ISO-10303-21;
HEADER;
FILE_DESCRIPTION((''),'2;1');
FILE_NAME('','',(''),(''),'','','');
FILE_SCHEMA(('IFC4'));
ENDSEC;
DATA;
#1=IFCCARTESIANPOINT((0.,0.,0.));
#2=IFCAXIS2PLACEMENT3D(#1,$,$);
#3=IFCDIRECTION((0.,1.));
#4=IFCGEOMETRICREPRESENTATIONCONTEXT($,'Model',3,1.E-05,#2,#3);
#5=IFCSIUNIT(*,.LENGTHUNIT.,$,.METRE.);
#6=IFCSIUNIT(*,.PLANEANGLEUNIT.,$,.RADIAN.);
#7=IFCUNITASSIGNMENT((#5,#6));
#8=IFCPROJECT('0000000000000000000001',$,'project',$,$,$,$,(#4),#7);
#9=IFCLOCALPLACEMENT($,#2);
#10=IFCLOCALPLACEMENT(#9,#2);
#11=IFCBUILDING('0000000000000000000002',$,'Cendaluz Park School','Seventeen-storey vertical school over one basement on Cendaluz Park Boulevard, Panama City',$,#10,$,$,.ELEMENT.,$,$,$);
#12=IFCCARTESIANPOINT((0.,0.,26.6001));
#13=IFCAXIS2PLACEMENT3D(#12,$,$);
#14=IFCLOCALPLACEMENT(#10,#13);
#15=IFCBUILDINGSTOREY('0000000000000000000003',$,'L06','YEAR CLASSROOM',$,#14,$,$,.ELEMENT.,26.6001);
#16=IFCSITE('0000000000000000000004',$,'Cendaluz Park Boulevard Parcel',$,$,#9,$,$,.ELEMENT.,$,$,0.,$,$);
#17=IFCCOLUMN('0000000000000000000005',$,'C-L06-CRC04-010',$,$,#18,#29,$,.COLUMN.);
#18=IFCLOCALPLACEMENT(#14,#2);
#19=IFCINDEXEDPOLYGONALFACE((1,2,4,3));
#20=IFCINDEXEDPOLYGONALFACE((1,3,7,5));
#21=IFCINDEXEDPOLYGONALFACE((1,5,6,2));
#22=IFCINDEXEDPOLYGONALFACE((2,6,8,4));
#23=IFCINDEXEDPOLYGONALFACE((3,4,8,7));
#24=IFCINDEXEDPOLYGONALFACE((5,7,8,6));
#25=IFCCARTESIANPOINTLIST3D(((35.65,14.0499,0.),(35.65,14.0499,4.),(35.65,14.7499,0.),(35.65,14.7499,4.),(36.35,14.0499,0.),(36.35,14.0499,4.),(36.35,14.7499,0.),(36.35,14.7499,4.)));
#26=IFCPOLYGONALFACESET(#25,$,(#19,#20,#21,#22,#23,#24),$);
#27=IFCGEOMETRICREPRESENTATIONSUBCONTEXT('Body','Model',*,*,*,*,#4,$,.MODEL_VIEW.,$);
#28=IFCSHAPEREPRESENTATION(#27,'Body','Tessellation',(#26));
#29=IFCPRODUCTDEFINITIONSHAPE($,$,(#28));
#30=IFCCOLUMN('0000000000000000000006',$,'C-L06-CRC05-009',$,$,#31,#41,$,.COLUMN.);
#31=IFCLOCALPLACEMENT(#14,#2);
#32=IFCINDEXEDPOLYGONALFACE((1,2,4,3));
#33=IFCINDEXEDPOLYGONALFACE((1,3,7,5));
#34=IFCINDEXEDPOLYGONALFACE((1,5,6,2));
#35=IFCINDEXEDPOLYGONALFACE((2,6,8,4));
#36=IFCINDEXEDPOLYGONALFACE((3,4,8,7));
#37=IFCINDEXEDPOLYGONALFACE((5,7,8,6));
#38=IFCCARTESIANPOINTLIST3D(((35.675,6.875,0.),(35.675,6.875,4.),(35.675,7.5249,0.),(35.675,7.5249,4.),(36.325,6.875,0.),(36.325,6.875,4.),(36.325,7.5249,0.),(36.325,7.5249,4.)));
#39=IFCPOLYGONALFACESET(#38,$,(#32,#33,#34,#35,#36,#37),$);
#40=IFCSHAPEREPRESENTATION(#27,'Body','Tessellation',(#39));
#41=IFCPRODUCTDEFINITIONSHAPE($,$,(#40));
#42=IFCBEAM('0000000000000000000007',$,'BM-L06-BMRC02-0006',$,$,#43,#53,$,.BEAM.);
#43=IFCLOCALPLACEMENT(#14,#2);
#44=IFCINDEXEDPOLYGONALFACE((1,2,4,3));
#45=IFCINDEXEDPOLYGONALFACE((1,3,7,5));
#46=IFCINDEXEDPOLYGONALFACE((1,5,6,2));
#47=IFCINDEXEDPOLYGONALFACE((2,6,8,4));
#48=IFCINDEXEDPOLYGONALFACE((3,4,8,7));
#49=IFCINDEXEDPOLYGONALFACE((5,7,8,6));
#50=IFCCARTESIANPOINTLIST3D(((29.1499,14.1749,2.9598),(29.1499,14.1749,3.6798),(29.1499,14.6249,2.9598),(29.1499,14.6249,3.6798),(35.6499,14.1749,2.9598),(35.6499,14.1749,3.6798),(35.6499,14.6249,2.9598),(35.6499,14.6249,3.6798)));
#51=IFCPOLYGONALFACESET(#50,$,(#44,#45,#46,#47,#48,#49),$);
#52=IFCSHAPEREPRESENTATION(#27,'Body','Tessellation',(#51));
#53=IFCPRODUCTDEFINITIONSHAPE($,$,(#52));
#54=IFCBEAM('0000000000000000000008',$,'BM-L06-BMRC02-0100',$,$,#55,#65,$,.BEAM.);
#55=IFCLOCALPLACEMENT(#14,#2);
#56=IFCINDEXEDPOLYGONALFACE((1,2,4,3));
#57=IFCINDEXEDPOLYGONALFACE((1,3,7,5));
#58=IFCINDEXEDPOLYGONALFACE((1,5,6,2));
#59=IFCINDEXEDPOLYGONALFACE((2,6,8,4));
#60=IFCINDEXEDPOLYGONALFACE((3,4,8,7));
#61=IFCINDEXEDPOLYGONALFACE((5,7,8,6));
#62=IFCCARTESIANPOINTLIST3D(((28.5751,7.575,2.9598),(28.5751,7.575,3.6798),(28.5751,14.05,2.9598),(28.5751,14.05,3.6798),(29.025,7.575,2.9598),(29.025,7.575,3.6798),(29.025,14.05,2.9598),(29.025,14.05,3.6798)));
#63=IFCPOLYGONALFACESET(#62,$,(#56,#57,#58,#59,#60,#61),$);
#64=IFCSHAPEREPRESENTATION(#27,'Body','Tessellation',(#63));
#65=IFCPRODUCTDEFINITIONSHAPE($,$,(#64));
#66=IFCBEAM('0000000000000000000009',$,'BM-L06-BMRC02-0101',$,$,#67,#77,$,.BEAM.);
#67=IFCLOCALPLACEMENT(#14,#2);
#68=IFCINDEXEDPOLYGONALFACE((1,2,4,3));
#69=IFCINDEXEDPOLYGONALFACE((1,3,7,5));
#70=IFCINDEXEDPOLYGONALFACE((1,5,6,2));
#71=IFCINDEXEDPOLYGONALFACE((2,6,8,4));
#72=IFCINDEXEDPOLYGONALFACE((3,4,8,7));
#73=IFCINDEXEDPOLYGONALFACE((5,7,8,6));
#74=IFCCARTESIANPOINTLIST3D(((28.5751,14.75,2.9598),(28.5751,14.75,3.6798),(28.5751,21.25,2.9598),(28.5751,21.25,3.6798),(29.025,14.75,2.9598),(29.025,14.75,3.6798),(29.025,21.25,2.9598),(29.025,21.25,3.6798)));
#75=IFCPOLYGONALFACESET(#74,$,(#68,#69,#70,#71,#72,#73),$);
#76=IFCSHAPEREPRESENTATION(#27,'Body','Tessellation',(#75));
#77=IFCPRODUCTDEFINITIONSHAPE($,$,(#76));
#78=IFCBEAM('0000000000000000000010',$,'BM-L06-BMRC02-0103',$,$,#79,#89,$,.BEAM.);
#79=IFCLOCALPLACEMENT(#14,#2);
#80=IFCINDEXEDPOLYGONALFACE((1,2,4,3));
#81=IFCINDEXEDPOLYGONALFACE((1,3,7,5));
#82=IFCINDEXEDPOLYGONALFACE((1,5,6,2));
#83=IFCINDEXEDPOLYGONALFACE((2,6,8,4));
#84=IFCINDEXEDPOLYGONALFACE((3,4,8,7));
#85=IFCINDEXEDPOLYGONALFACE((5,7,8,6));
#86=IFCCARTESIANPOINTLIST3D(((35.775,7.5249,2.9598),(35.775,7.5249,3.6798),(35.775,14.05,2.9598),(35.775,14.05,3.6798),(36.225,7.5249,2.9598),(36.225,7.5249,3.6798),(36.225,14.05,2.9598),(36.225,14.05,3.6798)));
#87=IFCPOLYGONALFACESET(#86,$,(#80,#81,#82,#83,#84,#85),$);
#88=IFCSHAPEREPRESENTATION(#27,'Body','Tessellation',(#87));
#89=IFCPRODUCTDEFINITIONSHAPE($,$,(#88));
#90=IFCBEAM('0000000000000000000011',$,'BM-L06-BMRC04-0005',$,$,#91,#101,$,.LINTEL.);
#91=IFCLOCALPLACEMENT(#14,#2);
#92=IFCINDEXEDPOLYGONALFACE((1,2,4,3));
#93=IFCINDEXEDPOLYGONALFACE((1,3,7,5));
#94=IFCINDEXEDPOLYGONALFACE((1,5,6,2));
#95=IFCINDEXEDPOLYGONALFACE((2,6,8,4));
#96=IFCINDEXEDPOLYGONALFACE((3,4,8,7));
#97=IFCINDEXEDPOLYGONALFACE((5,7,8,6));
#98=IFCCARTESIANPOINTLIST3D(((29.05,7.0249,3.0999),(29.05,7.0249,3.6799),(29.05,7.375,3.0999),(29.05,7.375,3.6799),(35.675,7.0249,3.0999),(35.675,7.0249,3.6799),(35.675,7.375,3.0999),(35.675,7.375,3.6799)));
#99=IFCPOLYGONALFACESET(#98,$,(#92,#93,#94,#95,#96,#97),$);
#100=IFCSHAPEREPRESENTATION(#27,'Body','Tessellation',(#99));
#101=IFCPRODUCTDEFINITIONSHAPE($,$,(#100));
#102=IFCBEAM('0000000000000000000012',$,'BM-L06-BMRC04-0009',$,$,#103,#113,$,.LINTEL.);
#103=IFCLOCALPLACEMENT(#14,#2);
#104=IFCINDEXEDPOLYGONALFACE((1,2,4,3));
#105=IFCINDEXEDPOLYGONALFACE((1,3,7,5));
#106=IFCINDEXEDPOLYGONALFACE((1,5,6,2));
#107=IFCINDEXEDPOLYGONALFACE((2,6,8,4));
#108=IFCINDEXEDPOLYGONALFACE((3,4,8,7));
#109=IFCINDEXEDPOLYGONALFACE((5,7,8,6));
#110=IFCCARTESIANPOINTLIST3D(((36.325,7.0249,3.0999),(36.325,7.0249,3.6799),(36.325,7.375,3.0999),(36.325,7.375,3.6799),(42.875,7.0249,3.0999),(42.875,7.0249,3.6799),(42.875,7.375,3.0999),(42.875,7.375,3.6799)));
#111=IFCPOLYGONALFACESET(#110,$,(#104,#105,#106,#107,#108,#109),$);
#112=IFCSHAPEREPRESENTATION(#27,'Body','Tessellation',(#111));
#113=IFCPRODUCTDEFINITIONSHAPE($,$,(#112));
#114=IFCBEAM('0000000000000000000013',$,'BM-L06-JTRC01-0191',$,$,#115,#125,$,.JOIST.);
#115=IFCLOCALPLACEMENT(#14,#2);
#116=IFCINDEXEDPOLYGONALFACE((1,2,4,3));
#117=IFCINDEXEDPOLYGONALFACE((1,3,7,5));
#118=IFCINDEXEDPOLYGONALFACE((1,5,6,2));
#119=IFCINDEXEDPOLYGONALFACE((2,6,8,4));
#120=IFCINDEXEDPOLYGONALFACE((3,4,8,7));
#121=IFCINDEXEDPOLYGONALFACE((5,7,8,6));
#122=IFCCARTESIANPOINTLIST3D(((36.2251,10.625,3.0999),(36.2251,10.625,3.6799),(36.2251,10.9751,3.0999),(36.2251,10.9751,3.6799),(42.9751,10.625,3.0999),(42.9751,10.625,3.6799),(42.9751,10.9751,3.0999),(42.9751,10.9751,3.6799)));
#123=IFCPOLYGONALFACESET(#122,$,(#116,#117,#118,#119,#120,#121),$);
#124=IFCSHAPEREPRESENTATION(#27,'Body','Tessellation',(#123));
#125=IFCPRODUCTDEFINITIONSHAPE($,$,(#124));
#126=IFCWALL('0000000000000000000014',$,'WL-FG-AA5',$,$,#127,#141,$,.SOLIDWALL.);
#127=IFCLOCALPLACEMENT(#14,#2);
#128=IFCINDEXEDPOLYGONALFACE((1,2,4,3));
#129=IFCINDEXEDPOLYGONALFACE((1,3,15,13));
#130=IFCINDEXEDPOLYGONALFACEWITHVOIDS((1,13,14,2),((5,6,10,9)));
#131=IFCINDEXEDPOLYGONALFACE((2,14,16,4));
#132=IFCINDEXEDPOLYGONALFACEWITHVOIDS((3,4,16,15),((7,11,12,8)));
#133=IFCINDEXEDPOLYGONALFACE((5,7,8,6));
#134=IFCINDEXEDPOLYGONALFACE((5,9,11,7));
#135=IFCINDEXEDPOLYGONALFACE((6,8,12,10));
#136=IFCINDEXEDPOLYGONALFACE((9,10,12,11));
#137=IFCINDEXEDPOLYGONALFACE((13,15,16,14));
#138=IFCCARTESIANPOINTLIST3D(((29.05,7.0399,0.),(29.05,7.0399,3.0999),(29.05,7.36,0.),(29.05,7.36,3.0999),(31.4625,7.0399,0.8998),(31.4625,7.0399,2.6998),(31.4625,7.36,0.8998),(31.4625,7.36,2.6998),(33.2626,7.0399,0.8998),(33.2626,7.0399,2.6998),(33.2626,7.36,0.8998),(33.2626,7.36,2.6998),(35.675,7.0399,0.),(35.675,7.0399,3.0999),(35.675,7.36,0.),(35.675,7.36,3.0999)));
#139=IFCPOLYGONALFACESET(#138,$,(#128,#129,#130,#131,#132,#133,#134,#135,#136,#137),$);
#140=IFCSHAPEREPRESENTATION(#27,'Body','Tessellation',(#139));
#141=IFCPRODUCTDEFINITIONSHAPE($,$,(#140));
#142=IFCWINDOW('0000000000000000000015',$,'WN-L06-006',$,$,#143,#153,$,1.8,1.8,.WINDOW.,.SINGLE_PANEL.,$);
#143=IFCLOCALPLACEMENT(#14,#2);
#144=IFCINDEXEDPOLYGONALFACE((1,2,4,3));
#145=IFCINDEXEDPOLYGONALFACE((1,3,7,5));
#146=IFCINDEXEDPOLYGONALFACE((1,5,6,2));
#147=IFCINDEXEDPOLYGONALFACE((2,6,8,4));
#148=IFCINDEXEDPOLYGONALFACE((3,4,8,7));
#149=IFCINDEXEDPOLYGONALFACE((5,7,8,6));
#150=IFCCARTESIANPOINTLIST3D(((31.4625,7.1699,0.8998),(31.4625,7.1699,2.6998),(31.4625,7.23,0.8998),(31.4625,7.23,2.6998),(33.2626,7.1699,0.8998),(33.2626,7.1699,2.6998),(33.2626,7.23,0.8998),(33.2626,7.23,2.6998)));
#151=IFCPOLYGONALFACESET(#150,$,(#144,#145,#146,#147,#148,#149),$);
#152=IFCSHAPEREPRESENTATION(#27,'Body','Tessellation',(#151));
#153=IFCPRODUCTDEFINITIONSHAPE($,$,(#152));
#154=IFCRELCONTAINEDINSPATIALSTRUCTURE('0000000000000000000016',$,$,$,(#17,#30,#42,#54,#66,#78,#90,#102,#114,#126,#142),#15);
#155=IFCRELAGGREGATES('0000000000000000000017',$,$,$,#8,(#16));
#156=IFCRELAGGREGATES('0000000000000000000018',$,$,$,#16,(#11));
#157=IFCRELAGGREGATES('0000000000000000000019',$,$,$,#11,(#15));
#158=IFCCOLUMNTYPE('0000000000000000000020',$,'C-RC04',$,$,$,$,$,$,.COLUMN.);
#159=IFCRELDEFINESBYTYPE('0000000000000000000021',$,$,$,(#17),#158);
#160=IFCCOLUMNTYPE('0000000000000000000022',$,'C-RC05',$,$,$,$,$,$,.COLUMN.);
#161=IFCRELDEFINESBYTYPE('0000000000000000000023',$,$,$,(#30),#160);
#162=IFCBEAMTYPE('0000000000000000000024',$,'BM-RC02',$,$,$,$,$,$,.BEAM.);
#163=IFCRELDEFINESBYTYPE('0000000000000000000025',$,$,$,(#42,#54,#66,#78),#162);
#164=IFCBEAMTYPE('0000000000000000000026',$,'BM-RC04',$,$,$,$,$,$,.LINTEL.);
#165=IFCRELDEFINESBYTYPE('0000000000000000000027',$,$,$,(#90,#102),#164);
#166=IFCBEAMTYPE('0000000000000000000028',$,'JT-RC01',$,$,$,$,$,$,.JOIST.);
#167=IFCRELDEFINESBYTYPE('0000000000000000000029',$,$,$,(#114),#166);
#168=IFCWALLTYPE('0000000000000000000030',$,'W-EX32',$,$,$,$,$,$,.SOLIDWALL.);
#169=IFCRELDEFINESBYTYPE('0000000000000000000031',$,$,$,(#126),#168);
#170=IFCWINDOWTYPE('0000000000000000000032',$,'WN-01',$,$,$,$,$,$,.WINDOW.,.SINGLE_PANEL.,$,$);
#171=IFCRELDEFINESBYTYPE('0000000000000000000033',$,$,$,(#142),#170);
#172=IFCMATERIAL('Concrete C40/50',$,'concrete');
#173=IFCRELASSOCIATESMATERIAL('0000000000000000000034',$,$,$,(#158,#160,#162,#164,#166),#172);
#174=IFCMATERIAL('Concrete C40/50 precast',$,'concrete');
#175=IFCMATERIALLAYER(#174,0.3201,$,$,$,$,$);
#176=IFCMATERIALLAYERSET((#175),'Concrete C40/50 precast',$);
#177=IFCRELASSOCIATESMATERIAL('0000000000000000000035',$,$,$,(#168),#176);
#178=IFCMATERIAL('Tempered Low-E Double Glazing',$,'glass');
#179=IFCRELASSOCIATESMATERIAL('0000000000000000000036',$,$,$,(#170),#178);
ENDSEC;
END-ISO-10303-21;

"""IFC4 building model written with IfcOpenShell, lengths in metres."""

from ifc_helpers import new_model, si_unit, direction, frame, frame_2d, origin, origin_2d, place, context, subcontext, project, spatial, rectangle, extrude, material, layer, layer_set, material_profile, profile_set, type_object, element, fill, save


model = new_model("IFC4")

# Units and contexts
model_context = context("Model", 3, precision=1e-05, world=origin(), true_north=direction((0.0, 1.0)))
body_context = subcontext(model_context, "Body", "Model", "MODEL_VIEW")
ifc_project = project(units=[si_unit("LENGTHUNIT", "METRE"), si_unit("PLANEANGLEUNIT", "RADIAN")], contexts=[model_context])

# Site, building, storey
site_placement = place(None, origin())
site = spatial("IfcSite", under=ifc_project, at=site_placement, Name="Cendaluz Park Boulevard Parcel", CompositionType="ELEMENT", RefElevation=0.0)
building_placement = place(site_placement, origin())
building = spatial("IfcBuilding", under=site, at=building_placement, Name="Cendaluz Park School", Description="Seventeen-storey vertical school over one basement on Cendaluz Park Boulevard, Panama City", CompositionType="ELEMENT")
storey_placement = place(building_placement, frame((0.0, 0.0, 26.6001)))
storey = spatial("IfcBuildingStorey", under=building, at=storey_placement, Name="L06", Description="YEAR CLASSROOM", CompositionType="ELEMENT", Elevation=26.6001)

# Columns
ifc_material_1 = material(Name="Concrete C40/50", Category="concrete")
ifc_material_profile_1 = material_profile(ifc_material_1, rectangle(XDim=0.7, YDim=0.7, at=origin_2d()), Name="RC 700x700", Category="concrete")
ifc_profile_set_1 = profile_set([ifc_material_profile_1], Name="Concrete C40/50")
column_type_1 = type_object("IfcColumnType", Name="C-RC04", PredefinedType="COLUMN", material=ifc_profile_set_1)
column_1_placement = place(storey_placement, frame((36.0, 14.3999, 0.0), z_axis=(0.0, 0.0, 1.0), x_axis=(1.0, 0.0, 0.0)))
element("IfcColumn", 1, at=column_1_placement, inside=storey, type_object=column_type_1, Name="C-L06-CRC04-010", PredefinedType="COLUMN", context=body_context, shape_type="SweptSolid", body=[
    extrude(rectangle(XDim=0.7, YDim=0.7, at=origin_2d()), origin(), (0.0, 0.0, 1.0), 4.0),
])
ifc_material_profile_2 = material_profile(ifc_material_1, rectangle(XDim=0.6499, YDim=0.6499, at=origin_2d()), Name="RC 650x650", Category="concrete")
ifc_profile_set_2 = profile_set([ifc_material_profile_2], Name="Concrete C40/50")
column_type_2 = type_object("IfcColumnType", Name="C-RC05", PredefinedType="COLUMN", material=ifc_profile_set_2)
column_2_placement = place(storey_placement, frame((36.0, 7.2, 0.0), z_axis=(0.0, 0.0, 1.0), x_axis=(1.0, 0.0, 0.0)))
element("IfcColumn", 2, at=column_2_placement, inside=storey, type_object=column_type_2, Name="C-L06-CRC05-009", PredefinedType="COLUMN", context=body_context, shape_type="SweptSolid", body=[
    extrude(rectangle(XDim=0.6499, YDim=0.6499, at=origin_2d()), origin(), (0.0, 0.0, 1.0), 4.0),
])

# Beams
ifc_material_profile_3 = material_profile(ifc_material_1, rectangle(XDim=0.45, YDim=0.72, at=origin_2d()), Name="RC 450x720", Category="concrete")
ifc_profile_set_3 = profile_set([ifc_material_profile_3], Name="Concrete C40/50")
beam_type_1 = type_object("IfcBeamType", Name="BM-RC02", PredefinedType="BEAM", material=ifc_profile_set_3)
beam_1_placement = place(storey_placement, frame((29.1499, 14.3999, 3.3198), z_axis=(1.0, 0.0, 0.0), x_axis=(0.0, 1.0, 0.0)))
element("IfcBeam", 3, at=beam_1_placement, inside=storey, type_object=beam_type_1, Name="BM-L06-BMRC02-0006", PredefinedType="BEAM", context=body_context, shape_type="SweptSolid", body=[
    extrude(rectangle(XDim=0.45, YDim=0.72, at=origin_2d()), origin(), (0.0, 0.0, 1.0), 6.5),
])
beam_2_placement = place(storey_placement, frame((28.8, 7.575, 3.3198), z_axis=(0.0, 1.0, 0.0), x_axis=(-1.0, 0.0, 0.0)))
element("IfcBeam", 4, at=beam_2_placement, inside=storey, type_object=beam_type_1, Name="BM-L06-BMRC02-0100", PredefinedType="BEAM", context=body_context, shape_type="SweptSolid", body=[
    extrude(rectangle(XDim=0.45, YDim=0.72, at=origin_2d()), origin(), (0.0, 0.0, 1.0), 6.4751),
])
beam_3_placement = place(storey_placement, frame((28.8, 14.75, 3.3198), z_axis=(0.0, 1.0, 0.0), x_axis=(-1.0, 0.0, 0.0)))
element("IfcBeam", 5, at=beam_3_placement, inside=storey, type_object=beam_type_1, Name="BM-L06-BMRC02-0101", PredefinedType="BEAM", context=body_context, shape_type="SweptSolid", body=[
    extrude(rectangle(XDim=0.45, YDim=0.72, at=origin_2d()), origin(), (0.0, 0.0, 1.0), 6.5),
])
beam_4_placement = place(storey_placement, frame((36.0, 7.5249, 3.3198), z_axis=(0.0, 1.0, 0.0), x_axis=(-1.0, 0.0, 0.0)))
element("IfcBeam", 6, at=beam_4_placement, inside=storey, type_object=beam_type_1, Name="BM-L06-BMRC02-0103", PredefinedType="BEAM", context=body_context, shape_type="SweptSolid", body=[
    extrude(rectangle(XDim=0.45, YDim=0.72, at=origin_2d()), origin(), (0.0, 0.0, 1.0), 6.5251),
])
ifc_material_profile_4 = material_profile(ifc_material_1, rectangle(XDim=0.3501, YDim=0.5801, at=origin_2d()), Name="RC 350x580", Category="concrete")
ifc_profile_set_4 = profile_set([ifc_material_profile_4], Name="Concrete C40/50")
beam_type_2 = type_object("IfcBeamType", Name="BM-RC04", PredefinedType="LINTEL", material=ifc_profile_set_4)
beam_5_placement = place(storey_placement, frame((29.05, 7.2, 3.3899), z_axis=(1.0, 0.0, 0.0), x_axis=(0.0, 1.0, 0.0)))
element("IfcBeam", 7, at=beam_5_placement, inside=storey, type_object=beam_type_2, Name="BM-L06-BMRC04-0005", PredefinedType="LINTEL", context=body_context, shape_type="SweptSolid", body=[
    extrude(rectangle(XDim=0.3501, YDim=0.5801, at=origin_2d()), origin(), (0.0, 0.0, 1.0), 6.625),
])
beam_6_placement = place(storey_placement, frame((36.325, 7.2, 3.3899), z_axis=(1.0, 0.0, 0.0), x_axis=(0.0, 1.0, 0.0)))
element("IfcBeam", 8, at=beam_6_placement, inside=storey, type_object=beam_type_2, Name="BM-L06-BMRC04-0009", PredefinedType="LINTEL", context=body_context, shape_type="SweptSolid", body=[
    extrude(rectangle(XDim=0.3501, YDim=0.5801, at=origin_2d()), origin(), (0.0, 0.0, 1.0), 6.55),
])
ifc_material_profile_5 = material_profile(ifc_material_1, rectangle(XDim=0.3501, YDim=0.5801, at=origin_2d()), Name="RC 350x580", Category="concrete")
ifc_profile_set_5 = profile_set([ifc_material_profile_5], Name="Concrete C40/50")
beam_type_3 = type_object("IfcBeamType", Name="JT-RC01", PredefinedType="JOIST", material=ifc_profile_set_5)
beam_7_placement = place(storey_placement, frame((36.2251, 10.8, 3.3899), z_axis=(1.0, 0.0, 0.0), x_axis=(0.0, 1.0, 0.0)))
element("IfcBeam", 9, at=beam_7_placement, inside=storey, type_object=beam_type_3, Name="BM-L06-JTRC01-0191", PredefinedType="JOIST", context=body_context, shape_type="SweptSolid", body=[
    extrude(rectangle(XDim=0.3501, YDim=0.5801, at=origin_2d()), origin(), (0.0, 0.0, 1.0), 6.75),
])

# Wall, opening, window
ifc_material_2 = material(Name="Concrete C40/50 precast", Category="concrete")
ifc_layer_1 = layer(ifc_material_2, 0.3201)
ifc_layer_set_1 = layer_set([ifc_layer_1], Name="Concrete C40/50 precast")
wall_type_1 = type_object("IfcWallType", Name="W-EX32", PredefinedType="SOLIDWALL", material=ifc_layer_set_1)
wall_1_placement = place(storey_placement, frame((29.05, 7.2, 0.0), z_axis=(0.0, 0.0, 1.0), x_axis=(1.0, 0.0, 0.0)))
wall_1 = element("IfcWall", 10, at=wall_1_placement, inside=storey, type_object=wall_type_1, Name="WL-FG-AA5", PredefinedType="SOLIDWALL", context=body_context, shape_type="SweptSolid", body=[
    extrude(rectangle(XDim=6.625, YDim=0.3201, at=frame_2d((3.3125, 0.0))), origin(), (0.0, 0.0, 1.0), 3.0999),
])
opening_1_placement = place(wall_1_placement, frame((2.4126, 0.0, 0.8999)))
opening_1 = element("IfcOpeningElement", 11, at=opening_1_placement, cuts=wall_1, PredefinedType="OPENING", context=body_context, shape_type="SweptSolid", body=[
    extrude(rectangle(XDim=1.8, YDim=1.8, at=frame_2d((0.8999, 0.8999))), frame((0.0, 0.1721, 0.0), z_axis=(0.0, -1.0, 0.0), x_axis=(1.0, 0.0, 0.0)), (0.0, 0.0, 1.0), 0.344),
])
ifc_material_3 = material(Name="Tempered Low-E Double Glazing", Category="glass")
window_type_1 = type_object("IfcWindowType", Name="WN-01", PartitioningType="SINGLE_PANEL", PredefinedType="WINDOW", material=ifc_material_3)
window_1_placement = place(opening_1_placement, origin())
window_1 = element("IfcWindow", 12, at=window_1_placement, inside=storey, type_object=window_type_1, Name="WN-L06-006", OverallHeight=1.8, OverallWidth=1.8, PartitioningType="SINGLE_PANEL", PredefinedType="WINDOW", context=body_context, shape_type="SweptSolid", body=[
    extrude(rectangle(XDim=1.8, YDim=1.8, at=frame_2d((0.8999, 0.8999))), frame((0.0, 0.03, 0.0), z_axis=(0.0, -1.0, 0.0), x_axis=(1.0, 0.0, 0.0)), (0.0, 0.0, 1.0), 0.0601),
])
fill(opening_1, window_1)

save(model, "model.ifc")
